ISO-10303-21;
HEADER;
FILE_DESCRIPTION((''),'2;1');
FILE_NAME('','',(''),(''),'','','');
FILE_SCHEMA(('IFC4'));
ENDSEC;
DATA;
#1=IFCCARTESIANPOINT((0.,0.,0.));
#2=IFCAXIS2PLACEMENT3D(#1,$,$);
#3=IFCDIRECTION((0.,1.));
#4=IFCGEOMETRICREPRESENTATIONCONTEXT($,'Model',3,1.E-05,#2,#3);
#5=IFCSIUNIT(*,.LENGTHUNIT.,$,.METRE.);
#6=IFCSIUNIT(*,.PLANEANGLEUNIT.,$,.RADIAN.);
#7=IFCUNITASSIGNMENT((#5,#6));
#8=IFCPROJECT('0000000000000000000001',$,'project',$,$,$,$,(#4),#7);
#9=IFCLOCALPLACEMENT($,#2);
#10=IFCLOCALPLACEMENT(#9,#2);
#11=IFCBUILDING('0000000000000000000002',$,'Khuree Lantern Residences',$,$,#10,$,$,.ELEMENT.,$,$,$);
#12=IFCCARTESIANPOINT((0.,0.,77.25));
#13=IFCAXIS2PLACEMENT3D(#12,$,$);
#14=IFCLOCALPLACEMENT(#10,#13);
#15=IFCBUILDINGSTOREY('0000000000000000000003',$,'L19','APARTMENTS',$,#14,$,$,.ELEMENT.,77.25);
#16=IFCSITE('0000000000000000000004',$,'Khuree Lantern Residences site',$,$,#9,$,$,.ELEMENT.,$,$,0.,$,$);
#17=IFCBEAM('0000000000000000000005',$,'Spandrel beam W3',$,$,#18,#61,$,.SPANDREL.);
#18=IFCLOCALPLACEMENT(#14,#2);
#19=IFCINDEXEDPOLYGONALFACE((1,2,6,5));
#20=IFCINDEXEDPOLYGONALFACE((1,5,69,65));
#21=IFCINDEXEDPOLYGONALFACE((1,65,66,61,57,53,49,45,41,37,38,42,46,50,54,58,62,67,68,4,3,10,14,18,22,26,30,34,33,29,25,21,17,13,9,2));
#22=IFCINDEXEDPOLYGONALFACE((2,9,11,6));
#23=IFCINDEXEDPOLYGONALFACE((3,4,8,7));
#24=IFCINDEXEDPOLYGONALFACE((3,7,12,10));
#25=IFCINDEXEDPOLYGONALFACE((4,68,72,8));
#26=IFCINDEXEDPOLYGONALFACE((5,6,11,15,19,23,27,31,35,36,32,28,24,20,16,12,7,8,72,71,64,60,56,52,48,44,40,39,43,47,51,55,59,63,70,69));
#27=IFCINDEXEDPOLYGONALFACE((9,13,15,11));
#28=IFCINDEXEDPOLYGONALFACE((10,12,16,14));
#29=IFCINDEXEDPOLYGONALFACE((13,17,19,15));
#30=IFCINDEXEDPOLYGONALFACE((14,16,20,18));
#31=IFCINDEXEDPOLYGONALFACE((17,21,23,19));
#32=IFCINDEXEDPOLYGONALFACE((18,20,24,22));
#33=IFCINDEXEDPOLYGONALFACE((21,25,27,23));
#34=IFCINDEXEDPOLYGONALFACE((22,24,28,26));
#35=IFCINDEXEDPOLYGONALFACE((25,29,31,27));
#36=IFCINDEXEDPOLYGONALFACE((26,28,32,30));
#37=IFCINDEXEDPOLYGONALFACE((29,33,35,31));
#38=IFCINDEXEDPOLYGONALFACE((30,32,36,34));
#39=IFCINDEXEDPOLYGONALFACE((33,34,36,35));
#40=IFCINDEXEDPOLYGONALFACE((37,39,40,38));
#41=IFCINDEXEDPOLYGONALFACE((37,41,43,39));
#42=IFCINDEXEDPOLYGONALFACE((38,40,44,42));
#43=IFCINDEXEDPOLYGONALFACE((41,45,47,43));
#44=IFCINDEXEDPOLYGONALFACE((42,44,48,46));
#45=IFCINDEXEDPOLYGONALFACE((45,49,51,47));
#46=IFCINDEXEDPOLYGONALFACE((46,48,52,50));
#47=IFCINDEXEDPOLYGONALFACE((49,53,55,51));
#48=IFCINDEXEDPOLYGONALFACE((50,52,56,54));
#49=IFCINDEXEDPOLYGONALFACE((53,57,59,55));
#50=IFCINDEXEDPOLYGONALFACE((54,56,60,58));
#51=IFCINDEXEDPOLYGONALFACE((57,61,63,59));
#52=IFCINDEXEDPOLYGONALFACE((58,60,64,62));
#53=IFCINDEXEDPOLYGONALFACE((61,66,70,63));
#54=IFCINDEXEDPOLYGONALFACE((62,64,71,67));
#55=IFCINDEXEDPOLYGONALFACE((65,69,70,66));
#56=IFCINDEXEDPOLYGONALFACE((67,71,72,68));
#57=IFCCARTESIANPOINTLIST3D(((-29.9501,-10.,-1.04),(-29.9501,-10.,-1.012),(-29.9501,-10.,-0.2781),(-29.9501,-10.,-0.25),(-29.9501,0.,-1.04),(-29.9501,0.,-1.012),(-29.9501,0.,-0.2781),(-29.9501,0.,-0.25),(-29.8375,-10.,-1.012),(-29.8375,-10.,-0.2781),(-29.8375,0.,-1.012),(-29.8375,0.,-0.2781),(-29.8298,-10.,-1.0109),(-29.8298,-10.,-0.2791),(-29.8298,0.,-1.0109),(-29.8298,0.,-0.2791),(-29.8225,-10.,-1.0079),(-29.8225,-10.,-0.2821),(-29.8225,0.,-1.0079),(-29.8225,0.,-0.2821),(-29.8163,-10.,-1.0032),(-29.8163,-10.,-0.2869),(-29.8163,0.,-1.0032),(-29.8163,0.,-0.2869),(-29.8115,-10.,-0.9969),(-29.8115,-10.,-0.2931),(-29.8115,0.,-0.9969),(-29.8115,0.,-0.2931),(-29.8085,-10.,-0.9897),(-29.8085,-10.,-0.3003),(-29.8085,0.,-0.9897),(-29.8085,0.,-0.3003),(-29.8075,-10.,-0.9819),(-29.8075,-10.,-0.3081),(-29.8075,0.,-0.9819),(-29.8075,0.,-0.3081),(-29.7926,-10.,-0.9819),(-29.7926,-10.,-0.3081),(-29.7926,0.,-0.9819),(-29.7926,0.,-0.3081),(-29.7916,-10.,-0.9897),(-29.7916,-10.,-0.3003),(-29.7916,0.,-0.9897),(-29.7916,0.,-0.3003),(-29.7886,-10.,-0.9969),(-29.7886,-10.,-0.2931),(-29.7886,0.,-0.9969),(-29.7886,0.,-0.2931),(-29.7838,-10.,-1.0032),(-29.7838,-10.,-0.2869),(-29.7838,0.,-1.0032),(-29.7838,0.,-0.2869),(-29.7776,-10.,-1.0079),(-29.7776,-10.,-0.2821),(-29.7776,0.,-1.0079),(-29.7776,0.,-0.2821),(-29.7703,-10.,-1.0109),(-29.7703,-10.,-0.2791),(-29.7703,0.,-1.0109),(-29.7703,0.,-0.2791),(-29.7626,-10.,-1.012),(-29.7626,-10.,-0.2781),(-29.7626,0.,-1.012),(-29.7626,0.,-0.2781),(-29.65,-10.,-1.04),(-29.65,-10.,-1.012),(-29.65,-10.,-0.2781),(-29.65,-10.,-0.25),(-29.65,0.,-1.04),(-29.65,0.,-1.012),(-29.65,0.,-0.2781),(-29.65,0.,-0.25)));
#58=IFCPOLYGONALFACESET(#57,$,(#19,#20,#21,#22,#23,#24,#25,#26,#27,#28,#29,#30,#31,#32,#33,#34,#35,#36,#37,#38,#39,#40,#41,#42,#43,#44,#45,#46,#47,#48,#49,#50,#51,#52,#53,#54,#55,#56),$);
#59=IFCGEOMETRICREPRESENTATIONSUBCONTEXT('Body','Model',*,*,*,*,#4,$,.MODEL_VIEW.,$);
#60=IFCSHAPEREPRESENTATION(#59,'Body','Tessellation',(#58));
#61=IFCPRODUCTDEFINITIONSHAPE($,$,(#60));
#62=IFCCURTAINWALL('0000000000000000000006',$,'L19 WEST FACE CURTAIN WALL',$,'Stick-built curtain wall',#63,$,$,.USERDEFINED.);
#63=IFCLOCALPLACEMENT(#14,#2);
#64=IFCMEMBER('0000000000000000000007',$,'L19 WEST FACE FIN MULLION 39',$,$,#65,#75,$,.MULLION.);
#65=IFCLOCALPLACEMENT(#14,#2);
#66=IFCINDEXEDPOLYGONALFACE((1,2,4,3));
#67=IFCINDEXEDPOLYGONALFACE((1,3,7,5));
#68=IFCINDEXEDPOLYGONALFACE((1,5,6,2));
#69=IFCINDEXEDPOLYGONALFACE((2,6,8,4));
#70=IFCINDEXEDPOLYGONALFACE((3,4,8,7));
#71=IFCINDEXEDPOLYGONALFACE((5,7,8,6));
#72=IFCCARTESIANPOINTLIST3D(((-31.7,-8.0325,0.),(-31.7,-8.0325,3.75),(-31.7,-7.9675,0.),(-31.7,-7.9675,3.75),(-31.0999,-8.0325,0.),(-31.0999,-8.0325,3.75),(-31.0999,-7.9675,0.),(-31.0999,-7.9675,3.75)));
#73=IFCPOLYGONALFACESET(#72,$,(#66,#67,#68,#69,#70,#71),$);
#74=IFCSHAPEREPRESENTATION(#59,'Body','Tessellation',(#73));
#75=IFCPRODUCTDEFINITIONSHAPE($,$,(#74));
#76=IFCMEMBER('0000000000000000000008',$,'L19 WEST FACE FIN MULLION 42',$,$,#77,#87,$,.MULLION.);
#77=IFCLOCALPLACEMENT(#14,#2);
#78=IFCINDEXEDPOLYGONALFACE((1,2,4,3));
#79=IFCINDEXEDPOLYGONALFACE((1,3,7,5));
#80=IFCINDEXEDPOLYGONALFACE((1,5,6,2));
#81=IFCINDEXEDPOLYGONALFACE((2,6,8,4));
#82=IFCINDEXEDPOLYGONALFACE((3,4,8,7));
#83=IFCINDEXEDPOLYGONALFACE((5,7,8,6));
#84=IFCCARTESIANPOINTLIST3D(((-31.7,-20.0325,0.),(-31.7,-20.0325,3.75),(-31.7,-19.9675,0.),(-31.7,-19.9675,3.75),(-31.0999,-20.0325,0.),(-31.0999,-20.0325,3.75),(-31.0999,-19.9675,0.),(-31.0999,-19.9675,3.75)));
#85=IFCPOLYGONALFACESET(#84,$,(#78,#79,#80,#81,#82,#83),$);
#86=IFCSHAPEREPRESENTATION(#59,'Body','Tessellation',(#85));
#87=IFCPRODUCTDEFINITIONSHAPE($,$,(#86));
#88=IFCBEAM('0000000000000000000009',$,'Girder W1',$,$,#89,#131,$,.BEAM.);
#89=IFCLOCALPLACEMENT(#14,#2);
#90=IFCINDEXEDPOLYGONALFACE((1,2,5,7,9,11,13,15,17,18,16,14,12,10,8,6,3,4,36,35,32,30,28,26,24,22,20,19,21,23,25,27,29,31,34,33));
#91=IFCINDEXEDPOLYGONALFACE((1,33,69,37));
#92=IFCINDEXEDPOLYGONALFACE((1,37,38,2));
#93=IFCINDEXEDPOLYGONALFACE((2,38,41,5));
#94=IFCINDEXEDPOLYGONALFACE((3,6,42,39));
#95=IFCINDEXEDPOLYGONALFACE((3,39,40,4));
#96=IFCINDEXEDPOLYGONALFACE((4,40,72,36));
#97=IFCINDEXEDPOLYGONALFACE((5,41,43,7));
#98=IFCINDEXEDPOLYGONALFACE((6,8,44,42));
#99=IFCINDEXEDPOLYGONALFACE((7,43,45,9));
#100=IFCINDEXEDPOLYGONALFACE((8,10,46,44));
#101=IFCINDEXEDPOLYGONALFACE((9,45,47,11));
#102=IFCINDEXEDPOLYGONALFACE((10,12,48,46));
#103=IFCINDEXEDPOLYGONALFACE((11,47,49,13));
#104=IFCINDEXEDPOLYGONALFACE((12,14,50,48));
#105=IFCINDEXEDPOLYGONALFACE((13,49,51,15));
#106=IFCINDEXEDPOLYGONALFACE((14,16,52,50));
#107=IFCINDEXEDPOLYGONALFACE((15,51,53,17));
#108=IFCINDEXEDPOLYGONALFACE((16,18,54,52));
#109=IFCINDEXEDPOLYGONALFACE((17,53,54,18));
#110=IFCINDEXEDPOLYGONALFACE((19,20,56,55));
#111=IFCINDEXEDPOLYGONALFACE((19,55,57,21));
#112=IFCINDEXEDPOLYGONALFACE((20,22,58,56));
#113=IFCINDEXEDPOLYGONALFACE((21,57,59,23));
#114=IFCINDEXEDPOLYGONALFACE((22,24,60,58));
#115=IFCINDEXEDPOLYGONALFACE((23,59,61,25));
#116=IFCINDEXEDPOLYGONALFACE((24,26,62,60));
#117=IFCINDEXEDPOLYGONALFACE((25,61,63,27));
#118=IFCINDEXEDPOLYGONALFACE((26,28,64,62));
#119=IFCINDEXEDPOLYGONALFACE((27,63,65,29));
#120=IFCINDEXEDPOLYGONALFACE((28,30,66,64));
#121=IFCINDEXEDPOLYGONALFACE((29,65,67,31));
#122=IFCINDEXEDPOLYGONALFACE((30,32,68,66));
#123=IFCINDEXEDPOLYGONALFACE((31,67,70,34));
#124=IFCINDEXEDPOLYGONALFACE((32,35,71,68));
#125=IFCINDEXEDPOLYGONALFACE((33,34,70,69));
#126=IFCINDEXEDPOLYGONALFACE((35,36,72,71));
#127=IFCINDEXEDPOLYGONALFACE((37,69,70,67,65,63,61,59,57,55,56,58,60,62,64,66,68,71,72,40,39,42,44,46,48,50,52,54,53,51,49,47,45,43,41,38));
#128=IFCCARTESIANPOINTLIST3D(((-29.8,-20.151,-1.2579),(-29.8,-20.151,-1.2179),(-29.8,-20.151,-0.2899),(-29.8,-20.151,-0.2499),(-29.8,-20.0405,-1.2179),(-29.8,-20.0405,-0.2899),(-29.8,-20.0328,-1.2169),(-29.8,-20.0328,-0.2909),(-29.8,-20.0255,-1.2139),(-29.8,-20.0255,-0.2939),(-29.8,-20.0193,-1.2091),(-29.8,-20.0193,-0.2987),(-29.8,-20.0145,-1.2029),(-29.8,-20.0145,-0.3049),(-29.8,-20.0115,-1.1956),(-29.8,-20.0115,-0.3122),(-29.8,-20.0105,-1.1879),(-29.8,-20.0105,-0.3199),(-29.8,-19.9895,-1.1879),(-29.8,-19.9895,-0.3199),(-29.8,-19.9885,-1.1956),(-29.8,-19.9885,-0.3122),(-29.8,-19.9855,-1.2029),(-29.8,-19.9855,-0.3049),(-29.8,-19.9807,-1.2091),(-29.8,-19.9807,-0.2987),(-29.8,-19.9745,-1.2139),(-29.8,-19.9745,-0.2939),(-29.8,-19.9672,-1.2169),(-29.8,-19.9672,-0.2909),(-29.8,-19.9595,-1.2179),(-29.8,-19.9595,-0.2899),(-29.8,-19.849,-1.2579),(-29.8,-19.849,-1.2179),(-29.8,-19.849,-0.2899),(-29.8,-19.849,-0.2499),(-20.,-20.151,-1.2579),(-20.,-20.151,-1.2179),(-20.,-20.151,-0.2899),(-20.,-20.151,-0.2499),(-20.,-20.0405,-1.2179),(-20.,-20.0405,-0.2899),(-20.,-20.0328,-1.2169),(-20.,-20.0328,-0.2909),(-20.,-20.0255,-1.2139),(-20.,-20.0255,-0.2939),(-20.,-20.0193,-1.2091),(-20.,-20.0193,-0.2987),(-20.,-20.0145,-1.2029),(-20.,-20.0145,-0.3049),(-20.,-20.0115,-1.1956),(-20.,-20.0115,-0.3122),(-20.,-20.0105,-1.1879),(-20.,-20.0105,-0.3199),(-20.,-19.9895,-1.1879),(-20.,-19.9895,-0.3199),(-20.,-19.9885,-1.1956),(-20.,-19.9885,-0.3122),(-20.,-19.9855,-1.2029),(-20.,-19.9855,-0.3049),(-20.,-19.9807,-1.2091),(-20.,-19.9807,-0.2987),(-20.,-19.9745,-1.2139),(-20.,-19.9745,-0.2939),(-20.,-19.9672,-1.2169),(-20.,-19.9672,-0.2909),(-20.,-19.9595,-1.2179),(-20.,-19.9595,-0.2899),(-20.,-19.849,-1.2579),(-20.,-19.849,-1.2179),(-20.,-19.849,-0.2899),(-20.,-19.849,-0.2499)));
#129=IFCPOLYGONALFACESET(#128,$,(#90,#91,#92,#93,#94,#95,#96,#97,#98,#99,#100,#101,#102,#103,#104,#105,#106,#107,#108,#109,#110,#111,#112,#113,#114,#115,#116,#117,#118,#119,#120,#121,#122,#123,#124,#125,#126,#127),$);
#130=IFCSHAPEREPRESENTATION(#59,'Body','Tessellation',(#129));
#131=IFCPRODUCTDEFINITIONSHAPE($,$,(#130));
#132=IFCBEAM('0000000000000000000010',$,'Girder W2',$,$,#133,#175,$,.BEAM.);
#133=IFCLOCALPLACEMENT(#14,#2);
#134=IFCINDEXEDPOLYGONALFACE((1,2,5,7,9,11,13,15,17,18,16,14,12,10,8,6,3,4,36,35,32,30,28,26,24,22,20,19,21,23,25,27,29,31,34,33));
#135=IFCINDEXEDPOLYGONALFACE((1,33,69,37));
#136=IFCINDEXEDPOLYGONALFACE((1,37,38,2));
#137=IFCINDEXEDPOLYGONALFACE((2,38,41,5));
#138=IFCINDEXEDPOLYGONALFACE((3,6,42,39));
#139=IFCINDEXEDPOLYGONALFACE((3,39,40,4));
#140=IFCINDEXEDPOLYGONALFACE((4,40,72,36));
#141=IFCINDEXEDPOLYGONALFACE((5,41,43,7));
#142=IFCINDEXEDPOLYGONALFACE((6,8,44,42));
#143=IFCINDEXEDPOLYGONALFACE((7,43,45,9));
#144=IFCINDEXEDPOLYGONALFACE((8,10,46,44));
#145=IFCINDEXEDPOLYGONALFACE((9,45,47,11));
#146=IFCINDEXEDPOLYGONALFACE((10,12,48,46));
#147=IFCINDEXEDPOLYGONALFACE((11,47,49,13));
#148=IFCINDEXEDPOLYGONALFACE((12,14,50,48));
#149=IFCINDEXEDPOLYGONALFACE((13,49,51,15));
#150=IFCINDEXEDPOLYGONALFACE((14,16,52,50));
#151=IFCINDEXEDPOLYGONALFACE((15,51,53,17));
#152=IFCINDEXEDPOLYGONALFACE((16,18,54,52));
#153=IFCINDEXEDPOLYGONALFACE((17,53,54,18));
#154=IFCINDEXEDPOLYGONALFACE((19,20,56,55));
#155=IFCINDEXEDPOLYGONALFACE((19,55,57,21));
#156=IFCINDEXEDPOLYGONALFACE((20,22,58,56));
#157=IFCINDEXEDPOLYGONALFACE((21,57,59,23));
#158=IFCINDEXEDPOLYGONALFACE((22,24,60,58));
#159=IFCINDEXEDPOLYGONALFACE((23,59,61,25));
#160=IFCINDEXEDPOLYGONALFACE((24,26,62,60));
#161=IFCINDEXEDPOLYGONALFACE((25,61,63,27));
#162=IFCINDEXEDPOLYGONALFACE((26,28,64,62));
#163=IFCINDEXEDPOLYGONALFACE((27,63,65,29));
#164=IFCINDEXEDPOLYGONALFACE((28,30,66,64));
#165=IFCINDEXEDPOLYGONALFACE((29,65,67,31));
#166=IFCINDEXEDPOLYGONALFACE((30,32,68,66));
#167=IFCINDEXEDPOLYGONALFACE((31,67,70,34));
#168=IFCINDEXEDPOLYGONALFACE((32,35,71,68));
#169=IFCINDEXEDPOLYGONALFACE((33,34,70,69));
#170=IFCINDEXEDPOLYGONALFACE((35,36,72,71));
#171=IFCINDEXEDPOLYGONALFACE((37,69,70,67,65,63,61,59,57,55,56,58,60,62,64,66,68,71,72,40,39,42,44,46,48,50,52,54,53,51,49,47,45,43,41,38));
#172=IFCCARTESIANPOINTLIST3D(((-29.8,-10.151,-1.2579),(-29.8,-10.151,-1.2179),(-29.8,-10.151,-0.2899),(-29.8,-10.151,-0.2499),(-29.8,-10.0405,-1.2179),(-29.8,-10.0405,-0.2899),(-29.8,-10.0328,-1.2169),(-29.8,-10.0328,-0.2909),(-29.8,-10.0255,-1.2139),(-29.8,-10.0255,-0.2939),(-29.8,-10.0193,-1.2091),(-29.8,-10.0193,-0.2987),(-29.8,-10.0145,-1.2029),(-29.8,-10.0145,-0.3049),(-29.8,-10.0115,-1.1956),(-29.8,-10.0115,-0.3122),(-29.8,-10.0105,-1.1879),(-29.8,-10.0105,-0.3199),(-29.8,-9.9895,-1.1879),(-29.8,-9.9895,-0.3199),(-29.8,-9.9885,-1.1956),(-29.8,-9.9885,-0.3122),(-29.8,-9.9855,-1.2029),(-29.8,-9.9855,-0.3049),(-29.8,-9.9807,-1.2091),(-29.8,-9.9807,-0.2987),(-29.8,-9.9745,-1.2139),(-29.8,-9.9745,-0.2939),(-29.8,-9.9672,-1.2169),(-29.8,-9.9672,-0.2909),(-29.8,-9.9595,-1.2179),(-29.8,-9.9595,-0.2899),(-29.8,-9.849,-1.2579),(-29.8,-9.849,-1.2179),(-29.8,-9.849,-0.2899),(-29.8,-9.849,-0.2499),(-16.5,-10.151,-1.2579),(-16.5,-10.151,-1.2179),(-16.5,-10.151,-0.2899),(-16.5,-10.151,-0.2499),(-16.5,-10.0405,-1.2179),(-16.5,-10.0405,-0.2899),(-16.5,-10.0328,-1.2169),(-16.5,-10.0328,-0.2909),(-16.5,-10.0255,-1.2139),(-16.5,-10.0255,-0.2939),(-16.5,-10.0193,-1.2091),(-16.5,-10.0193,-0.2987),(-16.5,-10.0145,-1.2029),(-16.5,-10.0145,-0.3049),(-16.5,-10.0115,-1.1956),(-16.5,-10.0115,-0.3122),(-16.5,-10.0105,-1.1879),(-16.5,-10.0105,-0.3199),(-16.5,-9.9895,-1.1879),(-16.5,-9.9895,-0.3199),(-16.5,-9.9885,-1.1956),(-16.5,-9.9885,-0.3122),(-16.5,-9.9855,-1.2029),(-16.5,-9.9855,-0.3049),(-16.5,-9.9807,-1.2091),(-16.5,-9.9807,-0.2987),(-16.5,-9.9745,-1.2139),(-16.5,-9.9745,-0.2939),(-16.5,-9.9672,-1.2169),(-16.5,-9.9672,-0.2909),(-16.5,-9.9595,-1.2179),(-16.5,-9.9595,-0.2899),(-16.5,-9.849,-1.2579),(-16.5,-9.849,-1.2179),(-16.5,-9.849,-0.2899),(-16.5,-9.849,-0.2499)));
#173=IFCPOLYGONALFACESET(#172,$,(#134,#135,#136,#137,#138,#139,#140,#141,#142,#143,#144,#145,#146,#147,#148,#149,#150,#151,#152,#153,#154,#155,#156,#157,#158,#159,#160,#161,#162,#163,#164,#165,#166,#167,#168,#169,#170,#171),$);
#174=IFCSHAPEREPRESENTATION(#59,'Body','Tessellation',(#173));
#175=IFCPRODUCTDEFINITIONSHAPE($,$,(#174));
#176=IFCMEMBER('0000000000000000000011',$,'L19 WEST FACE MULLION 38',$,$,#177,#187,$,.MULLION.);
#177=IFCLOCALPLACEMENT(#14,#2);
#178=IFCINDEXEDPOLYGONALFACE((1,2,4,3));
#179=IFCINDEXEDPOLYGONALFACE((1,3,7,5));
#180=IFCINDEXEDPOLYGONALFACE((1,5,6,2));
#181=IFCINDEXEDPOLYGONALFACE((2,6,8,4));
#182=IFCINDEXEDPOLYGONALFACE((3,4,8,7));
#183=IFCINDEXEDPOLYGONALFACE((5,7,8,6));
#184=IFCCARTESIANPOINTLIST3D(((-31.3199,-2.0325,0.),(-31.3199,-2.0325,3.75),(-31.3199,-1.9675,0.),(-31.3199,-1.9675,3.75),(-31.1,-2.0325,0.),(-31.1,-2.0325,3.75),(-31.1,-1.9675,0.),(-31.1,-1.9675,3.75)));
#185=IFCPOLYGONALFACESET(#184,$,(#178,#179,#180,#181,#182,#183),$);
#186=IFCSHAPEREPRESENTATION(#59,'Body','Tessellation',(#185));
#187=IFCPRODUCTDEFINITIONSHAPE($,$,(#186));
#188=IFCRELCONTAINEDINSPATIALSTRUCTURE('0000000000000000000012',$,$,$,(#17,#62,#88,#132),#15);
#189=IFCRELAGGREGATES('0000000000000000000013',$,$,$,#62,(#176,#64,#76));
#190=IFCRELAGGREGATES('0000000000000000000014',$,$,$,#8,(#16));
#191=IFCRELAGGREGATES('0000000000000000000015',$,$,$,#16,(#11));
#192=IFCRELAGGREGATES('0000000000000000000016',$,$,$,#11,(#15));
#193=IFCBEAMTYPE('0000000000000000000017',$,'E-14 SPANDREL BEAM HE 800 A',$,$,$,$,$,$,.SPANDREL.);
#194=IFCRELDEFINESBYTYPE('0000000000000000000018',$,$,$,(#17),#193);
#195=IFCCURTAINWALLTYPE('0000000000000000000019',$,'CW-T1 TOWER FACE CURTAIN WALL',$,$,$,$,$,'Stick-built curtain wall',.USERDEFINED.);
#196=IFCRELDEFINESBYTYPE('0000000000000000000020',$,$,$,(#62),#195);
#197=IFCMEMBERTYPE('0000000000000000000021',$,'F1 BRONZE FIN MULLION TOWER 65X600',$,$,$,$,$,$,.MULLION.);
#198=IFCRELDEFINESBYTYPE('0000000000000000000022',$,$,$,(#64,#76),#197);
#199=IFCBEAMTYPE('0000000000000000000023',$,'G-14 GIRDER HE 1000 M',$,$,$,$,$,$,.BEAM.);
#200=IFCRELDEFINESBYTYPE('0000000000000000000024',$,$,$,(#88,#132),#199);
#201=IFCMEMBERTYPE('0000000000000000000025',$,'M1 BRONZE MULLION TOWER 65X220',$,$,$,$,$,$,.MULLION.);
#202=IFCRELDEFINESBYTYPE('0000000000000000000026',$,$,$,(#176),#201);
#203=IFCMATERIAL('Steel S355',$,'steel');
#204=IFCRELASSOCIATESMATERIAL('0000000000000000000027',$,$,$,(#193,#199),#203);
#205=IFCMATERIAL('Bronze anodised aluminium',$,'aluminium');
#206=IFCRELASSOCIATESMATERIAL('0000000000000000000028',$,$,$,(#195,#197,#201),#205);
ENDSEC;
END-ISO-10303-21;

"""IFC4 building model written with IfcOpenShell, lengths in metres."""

from ifc_helpers import new_model, si_unit, direction, frame, origin, origin_2d, place, context, subcontext, project, spatial, rectangle, i_section, extrude, material, material_profile, profile_set, type_object, element, aggregate, save


model = new_model("IFC4")

# Units and contexts
model_context = context("Model", 3, precision=1e-05, world=origin(), true_north=direction((0.0, 1.0)))
body_context = subcontext(model_context, "Body", "Model", "MODEL_VIEW")
ifc_project = project(units=[si_unit("LENGTHUNIT", "METRE"), si_unit("PLANEANGLEUNIT", "RADIAN")], contexts=[model_context])

# Site, building, storey
site_placement = place(None, origin())
site = spatial("IfcSite", under=ifc_project, at=site_placement, Name="Khuree Lantern Residences site", CompositionType="ELEMENT", RefElevation=0.0)
building_placement = place(site_placement, origin())
building = spatial("IfcBuilding", under=site, at=building_placement, Name="Khuree Lantern Residences", CompositionType="ELEMENT")
storey_placement = place(building_placement, frame((0.0, 0.0, 77.25)))
storey = spatial("IfcBuildingStorey", under=building, at=storey_placement, Name="L19", Description="APARTMENTS", CompositionType="ELEMENT", Elevation=77.25)

# Beam
ifc_material_1 = material(Name="Steel S355", Category="steel")
ifc_material_profile_1 = material_profile(ifc_material_1, i_section(OverallWidth=0.3, OverallDepth=0.79, WebThickness=0.0149, FlangeThickness=0.0281, FilletRadius=0.03, at=origin_2d()), Name="HE 800 A")
ifc_profile_set_1 = profile_set([ifc_material_profile_1], Name="Steel S355")
beam_type_1 = type_object("IfcBeamType", Name="E-14 SPANDREL BEAM HE 800 A", PredefinedType="SPANDREL", material=ifc_profile_set_1)
for number, where, z_axis, x_axis, name in (
    (1, (-29.8, -10.0, -0.645), (0.0, 1.0, 0.0), (-1.0, 0.0, 0.0), "Spandrel beam W3"),
):
    element("IfcBeam", number, at=place(storey_placement, frame(where, z_axis=z_axis, x_axis=x_axis)), inside=storey, type_object=beam_type_1, Name=name, PredefinedType="SPANDREL", context=body_context, shape_type="SweptSolid", body=[
        extrude(i_section(OverallWidth=0.3, OverallDepth=0.79, WebThickness=0.0149, FlangeThickness=0.0281, FilletRadius=0.03, at=origin_2d()), origin(), (0.0, 0.0, 1.0), 10.0),
    ])

# Curtain wall, members
ifc_material_2 = material(Name="Bronze anodised aluminium", Category="aluminium")
curtain_wall_type = type_object("IfcCurtainWallType", Name="CW-T1 TOWER FACE CURTAIN WALL", ElementType="Stick-built curtain wall", PredefinedType="USERDEFINED", material=ifc_material_2)
curtain_wall_placement = place(storey_placement, origin())
curtain_wall = element("IfcCurtainWall", 2, at=curtain_wall_placement, inside=storey, type_object=curtain_wall_type, Name="L19 WEST FACE CURTAIN WALL", ObjectType="Stick-built curtain wall", PredefinedType="USERDEFINED")
ifc_material_profile_2 = material_profile(ifc_material_2, rectangle(XDim=0.0649, YDim=0.6001, at=origin_2d()), Name="F1 65X600")
ifc_profile_set_2 = profile_set([ifc_material_profile_2], Name="Bronze anodised aluminium")
member_type_1 = type_object("IfcMemberType", Name="F1 BRONZE FIN MULLION TOWER 65X600", PredefinedType="MULLION", material=ifc_profile_set_2)
member_1_placement = place(storey_placement, frame((-31.3999, -8.0, 0.0), z_axis=(0.0, 0.0, 1.0), x_axis=(0.0, -1.0, 0.0)))
member_1 = element("IfcMember", 3, at=member_1_placement, type_object=member_type_1, Name="L19 WEST FACE FIN MULLION 39", PredefinedType="MULLION", context=body_context, shape_type="SweptSolid", body=[
    extrude(rectangle(XDim=0.0649, YDim=0.6001, at=origin_2d()), origin(), (0.0, 0.0, 1.0), 3.75),
])
member_2_placement = place(storey_placement, frame((-31.3999, -20.0, 0.0), z_axis=(0.0, 0.0, 1.0), x_axis=(0.0, -1.0, 0.0)))
member_2 = element("IfcMember", 4, at=member_2_placement, type_object=member_type_1, Name="L19 WEST FACE FIN MULLION 42", PredefinedType="MULLION", context=body_context, shape_type="SweptSolid", body=[
    extrude(rectangle(XDim=0.0649, YDim=0.6001, at=origin_2d()), origin(), (0.0, 0.0, 1.0), 3.75),
])

# Beams
ifc_material_profile_3 = material_profile(ifc_material_1, i_section(OverallWidth=0.302, OverallDepth=1.0081, WebThickness=0.021, FlangeThickness=0.04, FilletRadius=0.03, at=origin_2d()), Name="HE 1000 M")
ifc_profile_set_3 = profile_set([ifc_material_profile_3], Name="Steel S355")
beam_type_2 = type_object("IfcBeamType", Name="G-14 GIRDER HE 1000 M", PredefinedType="BEAM", material=ifc_profile_set_3)
beam_1_placement = place(storey_placement, frame((-29.8, -20.0, -0.7539), z_axis=(1.0, 0.0, 0.0), x_axis=(0.0, 1.0, 0.0)))
element("IfcBeam", 5, at=beam_1_placement, inside=storey, type_object=beam_type_2, Name="Girder W1", PredefinedType="BEAM", context=body_context, shape_type="SweptSolid", body=[
    extrude(i_section(OverallWidth=0.302, OverallDepth=1.0081, WebThickness=0.021, FlangeThickness=0.04, FilletRadius=0.03, at=origin_2d()), origin(), (0.0, 0.0, 1.0), 9.8),
])
beam_2_placement = place(storey_placement, frame((-29.8, -10.0, -0.7539), z_axis=(1.0, 0.0, 0.0), x_axis=(0.0, 1.0, 0.0)))
element("IfcBeam", 6, at=beam_2_placement, inside=storey, type_object=beam_type_2, Name="Girder W2", PredefinedType="BEAM", context=body_context, shape_type="SweptSolid", body=[
    extrude(i_section(OverallWidth=0.302, OverallDepth=1.0081, WebThickness=0.021, FlangeThickness=0.04, FilletRadius=0.03, at=origin_2d()), origin(), (0.0, 0.0, 1.0), 13.3),
])

# Member
ifc_material_profile_4 = material_profile(ifc_material_2, rectangle(XDim=0.0649, YDim=0.22, at=origin_2d()), Name="M1 65X220")
ifc_profile_set_4 = profile_set([ifc_material_profile_4], Name="Bronze anodised aluminium")
member_type_2 = type_object("IfcMemberType", Name="M1 BRONZE MULLION TOWER 65X220", PredefinedType="MULLION", material=ifc_profile_set_4)
member_3_placement = place(storey_placement, frame((-31.21, -2.0, 0.0), z_axis=(0.0, 0.0, 1.0), x_axis=(0.0, -1.0, 0.0)))
member_3 = element("IfcMember", 7, at=member_3_placement, type_object=member_type_2, Name="L19 WEST FACE MULLION 38", PredefinedType="MULLION", context=body_context, shape_type="SweptSolid", body=[
    extrude(rectangle(XDim=0.0649, YDim=0.22, at=origin_2d()), origin(), (0.0, 0.0, 1.0), 3.75),
])

aggregate(curtain_wall, [member_3, member_1, member_2])

save(model, "model.ifc")
